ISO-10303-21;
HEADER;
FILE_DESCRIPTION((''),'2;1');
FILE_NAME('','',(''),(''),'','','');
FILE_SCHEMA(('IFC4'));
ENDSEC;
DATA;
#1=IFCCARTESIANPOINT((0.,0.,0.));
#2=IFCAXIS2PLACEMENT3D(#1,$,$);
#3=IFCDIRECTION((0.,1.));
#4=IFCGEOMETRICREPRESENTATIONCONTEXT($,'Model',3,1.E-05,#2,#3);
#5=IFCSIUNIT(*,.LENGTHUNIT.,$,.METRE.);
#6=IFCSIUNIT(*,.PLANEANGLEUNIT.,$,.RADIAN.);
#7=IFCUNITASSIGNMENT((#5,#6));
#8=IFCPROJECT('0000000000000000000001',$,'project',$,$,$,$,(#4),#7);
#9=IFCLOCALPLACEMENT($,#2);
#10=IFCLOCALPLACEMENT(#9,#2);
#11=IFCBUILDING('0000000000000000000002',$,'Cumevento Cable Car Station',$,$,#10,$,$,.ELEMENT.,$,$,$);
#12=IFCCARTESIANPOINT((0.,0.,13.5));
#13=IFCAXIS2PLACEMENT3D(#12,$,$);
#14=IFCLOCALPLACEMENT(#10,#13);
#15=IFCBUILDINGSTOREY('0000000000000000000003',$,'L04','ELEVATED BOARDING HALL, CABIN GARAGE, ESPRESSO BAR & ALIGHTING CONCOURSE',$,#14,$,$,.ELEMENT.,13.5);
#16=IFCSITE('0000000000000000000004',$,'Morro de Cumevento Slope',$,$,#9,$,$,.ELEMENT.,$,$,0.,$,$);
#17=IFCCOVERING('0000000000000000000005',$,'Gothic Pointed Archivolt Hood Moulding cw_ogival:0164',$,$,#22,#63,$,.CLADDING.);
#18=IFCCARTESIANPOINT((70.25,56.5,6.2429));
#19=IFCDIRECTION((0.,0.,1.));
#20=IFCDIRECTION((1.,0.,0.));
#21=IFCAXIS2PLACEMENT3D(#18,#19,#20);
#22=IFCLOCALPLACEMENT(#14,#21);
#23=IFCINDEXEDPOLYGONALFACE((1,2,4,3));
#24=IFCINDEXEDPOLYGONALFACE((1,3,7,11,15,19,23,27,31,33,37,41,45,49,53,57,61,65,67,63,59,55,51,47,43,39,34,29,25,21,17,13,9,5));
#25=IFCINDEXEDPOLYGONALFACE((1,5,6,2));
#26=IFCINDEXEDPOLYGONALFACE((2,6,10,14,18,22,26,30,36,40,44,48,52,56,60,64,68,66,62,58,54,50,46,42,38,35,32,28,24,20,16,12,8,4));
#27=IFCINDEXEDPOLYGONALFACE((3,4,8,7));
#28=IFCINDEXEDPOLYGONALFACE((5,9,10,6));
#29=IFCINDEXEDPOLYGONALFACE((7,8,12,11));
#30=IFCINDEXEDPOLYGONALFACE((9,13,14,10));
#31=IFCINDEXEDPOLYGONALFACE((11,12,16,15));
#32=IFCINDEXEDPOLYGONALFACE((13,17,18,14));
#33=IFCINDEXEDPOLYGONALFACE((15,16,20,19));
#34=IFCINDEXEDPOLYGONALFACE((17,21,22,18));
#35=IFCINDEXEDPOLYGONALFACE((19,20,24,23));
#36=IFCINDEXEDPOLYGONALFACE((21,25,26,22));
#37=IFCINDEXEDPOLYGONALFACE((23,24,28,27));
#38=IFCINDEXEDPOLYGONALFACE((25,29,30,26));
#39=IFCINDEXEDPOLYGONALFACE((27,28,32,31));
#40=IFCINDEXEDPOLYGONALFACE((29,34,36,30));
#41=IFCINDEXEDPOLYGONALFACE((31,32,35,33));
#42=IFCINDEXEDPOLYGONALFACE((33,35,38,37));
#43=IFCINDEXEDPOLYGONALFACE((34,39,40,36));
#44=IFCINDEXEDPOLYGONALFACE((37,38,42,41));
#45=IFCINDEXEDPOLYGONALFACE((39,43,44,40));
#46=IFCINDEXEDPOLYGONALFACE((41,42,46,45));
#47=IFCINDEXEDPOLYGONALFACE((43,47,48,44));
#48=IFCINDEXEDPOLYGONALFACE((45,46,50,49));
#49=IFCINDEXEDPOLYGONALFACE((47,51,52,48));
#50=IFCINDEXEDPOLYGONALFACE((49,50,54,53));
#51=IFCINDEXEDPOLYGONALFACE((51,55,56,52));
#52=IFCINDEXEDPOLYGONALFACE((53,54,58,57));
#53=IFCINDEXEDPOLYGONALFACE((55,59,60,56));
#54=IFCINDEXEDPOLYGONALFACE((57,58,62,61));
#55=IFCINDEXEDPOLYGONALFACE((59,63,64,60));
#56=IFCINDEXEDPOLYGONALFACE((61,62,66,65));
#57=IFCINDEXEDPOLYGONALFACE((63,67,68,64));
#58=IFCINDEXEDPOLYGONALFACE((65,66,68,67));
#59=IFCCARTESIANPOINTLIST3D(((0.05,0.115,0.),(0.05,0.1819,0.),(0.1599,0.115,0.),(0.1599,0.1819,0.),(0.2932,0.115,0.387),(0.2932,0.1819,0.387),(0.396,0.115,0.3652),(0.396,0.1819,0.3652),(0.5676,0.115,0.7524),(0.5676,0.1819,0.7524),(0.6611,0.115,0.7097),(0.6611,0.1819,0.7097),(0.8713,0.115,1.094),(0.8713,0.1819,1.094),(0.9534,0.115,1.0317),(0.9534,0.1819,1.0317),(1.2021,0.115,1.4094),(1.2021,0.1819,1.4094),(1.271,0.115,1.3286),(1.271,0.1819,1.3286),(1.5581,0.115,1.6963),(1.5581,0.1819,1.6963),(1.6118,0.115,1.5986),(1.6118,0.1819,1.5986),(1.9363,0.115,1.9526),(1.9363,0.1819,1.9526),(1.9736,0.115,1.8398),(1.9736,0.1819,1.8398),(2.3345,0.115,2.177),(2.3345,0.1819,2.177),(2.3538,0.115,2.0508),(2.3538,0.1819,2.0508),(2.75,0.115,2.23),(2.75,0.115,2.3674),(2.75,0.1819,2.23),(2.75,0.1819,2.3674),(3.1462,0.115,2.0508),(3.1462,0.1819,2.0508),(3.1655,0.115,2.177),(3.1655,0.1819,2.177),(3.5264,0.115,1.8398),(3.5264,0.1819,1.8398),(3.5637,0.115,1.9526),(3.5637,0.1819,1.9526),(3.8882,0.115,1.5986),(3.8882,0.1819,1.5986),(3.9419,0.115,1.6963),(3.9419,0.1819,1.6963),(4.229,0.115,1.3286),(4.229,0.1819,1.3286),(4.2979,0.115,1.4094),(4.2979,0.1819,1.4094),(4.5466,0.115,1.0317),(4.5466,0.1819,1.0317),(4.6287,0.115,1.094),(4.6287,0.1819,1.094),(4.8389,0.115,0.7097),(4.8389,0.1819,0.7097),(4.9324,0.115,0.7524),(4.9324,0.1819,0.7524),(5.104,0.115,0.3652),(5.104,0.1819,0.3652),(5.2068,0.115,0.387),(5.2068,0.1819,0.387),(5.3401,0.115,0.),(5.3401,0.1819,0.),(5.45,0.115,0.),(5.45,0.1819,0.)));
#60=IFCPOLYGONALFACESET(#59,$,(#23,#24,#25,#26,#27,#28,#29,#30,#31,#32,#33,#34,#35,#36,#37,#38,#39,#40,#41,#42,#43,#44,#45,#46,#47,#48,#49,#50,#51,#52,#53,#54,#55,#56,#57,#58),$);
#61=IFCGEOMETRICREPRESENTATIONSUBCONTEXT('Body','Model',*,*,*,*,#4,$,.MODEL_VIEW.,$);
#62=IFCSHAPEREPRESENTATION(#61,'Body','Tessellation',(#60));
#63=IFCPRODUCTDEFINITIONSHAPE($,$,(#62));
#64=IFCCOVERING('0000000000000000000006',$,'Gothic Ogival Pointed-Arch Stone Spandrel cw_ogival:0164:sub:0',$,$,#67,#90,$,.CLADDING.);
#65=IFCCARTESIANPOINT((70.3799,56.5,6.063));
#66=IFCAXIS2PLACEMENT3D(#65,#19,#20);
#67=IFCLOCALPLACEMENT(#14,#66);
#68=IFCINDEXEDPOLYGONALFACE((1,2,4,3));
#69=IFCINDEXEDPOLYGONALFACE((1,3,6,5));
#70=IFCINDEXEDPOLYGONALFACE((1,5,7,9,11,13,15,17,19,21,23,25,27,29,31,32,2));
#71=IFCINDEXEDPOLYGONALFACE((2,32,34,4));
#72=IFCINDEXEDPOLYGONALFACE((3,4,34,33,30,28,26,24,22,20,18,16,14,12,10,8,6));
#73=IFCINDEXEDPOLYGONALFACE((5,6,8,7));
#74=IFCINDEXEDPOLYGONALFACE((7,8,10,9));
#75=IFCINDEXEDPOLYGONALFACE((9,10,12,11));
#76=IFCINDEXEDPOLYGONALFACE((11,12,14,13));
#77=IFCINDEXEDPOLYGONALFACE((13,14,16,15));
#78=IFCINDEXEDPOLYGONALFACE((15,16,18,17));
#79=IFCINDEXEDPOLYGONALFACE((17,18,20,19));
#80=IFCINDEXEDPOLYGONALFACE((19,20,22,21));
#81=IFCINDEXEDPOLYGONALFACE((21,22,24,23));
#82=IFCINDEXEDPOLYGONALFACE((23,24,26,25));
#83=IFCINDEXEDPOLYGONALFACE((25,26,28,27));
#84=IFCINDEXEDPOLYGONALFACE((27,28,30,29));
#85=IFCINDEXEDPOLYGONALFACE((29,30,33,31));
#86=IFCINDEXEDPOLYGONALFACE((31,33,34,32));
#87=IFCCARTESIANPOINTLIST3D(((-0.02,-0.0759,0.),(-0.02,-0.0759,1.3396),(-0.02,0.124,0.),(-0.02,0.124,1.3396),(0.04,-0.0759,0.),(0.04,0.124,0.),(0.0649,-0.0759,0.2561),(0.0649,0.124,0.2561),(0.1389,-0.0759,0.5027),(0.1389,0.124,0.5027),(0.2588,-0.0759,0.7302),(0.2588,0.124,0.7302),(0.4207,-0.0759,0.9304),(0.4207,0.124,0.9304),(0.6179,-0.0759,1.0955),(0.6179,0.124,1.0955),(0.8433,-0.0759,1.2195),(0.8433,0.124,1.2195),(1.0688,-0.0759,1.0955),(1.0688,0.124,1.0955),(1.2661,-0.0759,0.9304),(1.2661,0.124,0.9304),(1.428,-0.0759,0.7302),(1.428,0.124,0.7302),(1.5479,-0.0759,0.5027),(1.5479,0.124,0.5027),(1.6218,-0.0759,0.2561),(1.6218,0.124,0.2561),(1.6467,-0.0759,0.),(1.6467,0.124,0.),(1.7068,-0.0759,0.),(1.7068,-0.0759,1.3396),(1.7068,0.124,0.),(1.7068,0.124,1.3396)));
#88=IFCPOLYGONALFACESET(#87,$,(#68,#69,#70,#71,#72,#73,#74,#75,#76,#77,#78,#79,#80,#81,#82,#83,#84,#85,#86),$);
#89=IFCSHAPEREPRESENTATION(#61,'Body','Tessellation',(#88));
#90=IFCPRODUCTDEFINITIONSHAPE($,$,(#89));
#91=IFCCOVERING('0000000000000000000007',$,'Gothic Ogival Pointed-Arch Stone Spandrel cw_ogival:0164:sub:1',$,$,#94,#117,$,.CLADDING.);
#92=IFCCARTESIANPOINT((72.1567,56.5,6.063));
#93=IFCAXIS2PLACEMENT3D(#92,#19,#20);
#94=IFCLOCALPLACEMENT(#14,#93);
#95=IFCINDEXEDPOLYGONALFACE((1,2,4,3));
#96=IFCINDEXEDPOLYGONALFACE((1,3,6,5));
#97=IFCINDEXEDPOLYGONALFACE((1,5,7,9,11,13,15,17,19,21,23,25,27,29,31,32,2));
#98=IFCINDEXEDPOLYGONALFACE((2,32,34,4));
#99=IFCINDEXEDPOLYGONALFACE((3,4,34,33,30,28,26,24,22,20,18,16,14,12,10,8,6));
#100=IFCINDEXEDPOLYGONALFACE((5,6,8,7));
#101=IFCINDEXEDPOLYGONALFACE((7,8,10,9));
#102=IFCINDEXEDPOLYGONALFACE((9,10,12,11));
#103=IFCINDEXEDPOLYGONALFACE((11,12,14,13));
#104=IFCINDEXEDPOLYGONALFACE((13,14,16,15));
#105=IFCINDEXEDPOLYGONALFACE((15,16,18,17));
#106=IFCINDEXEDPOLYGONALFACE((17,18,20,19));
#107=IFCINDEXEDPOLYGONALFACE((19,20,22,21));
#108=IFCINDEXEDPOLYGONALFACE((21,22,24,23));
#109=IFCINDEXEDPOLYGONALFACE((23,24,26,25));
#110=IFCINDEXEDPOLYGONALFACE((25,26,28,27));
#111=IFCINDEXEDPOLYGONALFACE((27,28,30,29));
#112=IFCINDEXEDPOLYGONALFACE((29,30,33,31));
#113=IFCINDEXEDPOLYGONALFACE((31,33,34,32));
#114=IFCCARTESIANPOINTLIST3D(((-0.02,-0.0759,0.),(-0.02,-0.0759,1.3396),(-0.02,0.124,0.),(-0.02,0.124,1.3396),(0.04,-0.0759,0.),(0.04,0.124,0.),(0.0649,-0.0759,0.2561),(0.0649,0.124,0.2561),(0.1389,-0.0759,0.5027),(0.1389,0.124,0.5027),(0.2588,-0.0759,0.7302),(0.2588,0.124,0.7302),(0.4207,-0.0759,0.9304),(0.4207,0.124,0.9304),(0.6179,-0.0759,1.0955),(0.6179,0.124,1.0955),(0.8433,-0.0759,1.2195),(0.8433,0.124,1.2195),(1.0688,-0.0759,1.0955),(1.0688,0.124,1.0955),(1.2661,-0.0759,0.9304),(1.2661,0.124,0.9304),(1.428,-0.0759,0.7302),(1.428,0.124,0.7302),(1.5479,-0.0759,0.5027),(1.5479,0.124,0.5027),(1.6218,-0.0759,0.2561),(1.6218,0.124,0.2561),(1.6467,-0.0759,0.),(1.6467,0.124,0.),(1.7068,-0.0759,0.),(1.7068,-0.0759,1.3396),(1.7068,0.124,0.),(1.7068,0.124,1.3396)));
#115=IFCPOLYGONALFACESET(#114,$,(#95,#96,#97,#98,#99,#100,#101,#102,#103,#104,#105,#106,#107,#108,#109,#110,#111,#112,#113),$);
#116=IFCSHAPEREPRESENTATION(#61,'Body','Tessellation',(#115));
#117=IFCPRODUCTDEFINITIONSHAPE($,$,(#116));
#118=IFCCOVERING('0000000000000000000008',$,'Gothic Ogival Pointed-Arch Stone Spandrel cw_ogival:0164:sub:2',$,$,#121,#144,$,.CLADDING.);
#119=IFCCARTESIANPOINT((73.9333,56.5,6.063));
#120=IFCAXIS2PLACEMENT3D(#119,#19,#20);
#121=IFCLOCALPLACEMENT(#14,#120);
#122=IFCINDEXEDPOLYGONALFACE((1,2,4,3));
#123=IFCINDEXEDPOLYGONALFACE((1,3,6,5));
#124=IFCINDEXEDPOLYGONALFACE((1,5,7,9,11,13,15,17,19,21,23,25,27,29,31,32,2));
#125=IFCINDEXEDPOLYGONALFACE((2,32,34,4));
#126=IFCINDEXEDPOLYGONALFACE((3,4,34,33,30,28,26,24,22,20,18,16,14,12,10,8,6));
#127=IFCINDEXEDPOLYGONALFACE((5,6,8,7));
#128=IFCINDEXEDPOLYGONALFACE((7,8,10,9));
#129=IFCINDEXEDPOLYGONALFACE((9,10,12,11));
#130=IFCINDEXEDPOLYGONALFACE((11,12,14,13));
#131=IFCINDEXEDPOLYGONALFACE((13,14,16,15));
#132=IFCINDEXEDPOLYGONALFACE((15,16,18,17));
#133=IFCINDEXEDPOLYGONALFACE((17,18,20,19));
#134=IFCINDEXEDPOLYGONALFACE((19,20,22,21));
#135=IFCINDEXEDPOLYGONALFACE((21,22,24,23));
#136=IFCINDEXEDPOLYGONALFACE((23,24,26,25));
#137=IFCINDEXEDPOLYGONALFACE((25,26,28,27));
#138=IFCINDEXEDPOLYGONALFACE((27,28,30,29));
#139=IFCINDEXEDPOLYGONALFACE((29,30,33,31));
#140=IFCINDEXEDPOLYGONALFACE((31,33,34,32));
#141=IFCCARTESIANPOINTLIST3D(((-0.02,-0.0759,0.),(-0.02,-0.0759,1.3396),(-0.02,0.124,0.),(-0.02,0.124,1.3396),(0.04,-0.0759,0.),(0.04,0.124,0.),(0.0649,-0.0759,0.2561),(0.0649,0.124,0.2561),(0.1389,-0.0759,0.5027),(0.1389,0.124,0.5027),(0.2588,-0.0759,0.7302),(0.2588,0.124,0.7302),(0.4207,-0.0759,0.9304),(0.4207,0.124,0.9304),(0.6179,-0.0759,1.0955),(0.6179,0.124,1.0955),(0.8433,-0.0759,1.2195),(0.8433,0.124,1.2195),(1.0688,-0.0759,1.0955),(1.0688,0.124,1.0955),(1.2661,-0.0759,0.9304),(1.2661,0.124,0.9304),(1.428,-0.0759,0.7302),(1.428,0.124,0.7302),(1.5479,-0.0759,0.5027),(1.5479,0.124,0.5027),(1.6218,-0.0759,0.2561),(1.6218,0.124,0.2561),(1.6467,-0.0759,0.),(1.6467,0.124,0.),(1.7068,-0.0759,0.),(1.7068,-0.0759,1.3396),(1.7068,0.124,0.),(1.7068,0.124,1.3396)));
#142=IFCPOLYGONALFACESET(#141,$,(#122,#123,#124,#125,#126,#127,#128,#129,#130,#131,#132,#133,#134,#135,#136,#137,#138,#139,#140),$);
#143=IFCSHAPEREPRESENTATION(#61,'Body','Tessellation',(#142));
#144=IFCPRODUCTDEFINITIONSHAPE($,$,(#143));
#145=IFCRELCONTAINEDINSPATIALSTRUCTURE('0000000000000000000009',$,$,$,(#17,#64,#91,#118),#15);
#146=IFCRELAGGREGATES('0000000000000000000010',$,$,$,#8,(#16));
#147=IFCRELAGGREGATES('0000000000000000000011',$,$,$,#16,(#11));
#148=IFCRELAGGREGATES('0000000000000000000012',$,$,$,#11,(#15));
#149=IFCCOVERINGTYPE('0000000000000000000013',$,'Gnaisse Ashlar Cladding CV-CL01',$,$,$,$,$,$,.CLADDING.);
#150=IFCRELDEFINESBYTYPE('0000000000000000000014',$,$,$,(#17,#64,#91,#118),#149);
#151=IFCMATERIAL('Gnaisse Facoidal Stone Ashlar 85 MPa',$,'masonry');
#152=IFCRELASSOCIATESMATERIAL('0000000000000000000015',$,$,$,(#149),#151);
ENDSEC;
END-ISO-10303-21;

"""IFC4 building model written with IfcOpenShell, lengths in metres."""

from ifc_helpers import new_model, si_unit, direction, frame, origin, place, context, subcontext, project, spatial, polyline, outline, extrude, material, type_object, element, save


model = new_model("IFC4")

# Units and contexts
model_context = context("Model", 3, precision=1e-05, world=origin(), true_north=direction((0.0, 1.0)))
body_context = subcontext(model_context, "Body", "Model", "MODEL_VIEW")
ifc_project = project(units=[si_unit("LENGTHUNIT", "METRE"), si_unit("PLANEANGLEUNIT", "RADIAN")], contexts=[model_context])

# Site, building, storey
site_placement = place(None, origin())
site = spatial("IfcSite", under=ifc_project, at=site_placement, Name="Morro de Cumevento Slope", CompositionType="ELEMENT", RefElevation=0.0)
building_placement = place(site_placement, origin())
building = spatial("IfcBuilding", under=site, at=building_placement, Name="Cumevento Cable Car Station", CompositionType="ELEMENT")
storey_placement = place(building_placement, frame((0.0, 0.0, 13.5)))
storey = spatial("IfcBuildingStorey", under=building, at=storey_placement, Name="L04", Description="ELEVATED BOARDING HALL, CABIN GARAGE, ESPRESSO BAR & ALIGHTING CONCOURSE", CompositionType="ELEMENT", Elevation=13.5)

# Coverings
ifc_material_1 = material(Name="Gnaisse Facoidal Stone Ashlar 85 MPa", Category="masonry")
covering_type = type_object("IfcCoveringType", Name="Gnaisse Ashlar Cladding CV-CL01", PredefinedType="CLADDING", material=ifc_material_1)
covering_1_placement = place(storey_placement, frame((70.25, 56.5, 6.2429), z_axis=(0.0, 0.0, 1.0), x_axis=(1.0, 0.0, 0.0)))
element("IfcCovering", 1, at=covering_1_placement, inside=storey, type_object=covering_type, Name="Gothic Pointed Archivolt Hood Moulding cw_ogival:0164", PredefinedType="CLADDING", context=body_context, shape_type="SweptSolid", body=[
    extrude(outline(polyline([(0.1599, 0.0), (0.396, 0.3652), (0.6611, 0.7097), (0.9534, 1.0317), (1.271, 1.3286), (1.6118, 1.5986), (1.9736, 1.8398), (2.3538, 2.0508), (2.75, 2.23), (3.1462, 2.0508), (3.5264, 1.8398), (3.8882, 1.5986), (4.229, 1.3286), (4.5466, 1.0317), (4.8389, 0.7097), (5.104, 0.3652), (5.3401, 0.0), (5.45, 0.0), (5.2068, 0.387), (4.9324, 0.7524), (4.6287, 1.094), (4.2979, 1.4094), (3.9419, 1.6963), (3.5637, 1.9526), (3.1655, 2.177), (2.75, 2.3674), (2.3345, 2.177), (1.9363, 1.9526), (1.5581, 1.6963), (1.2021, 1.4094), (0.8713, 1.094), (0.5676, 0.7524), (0.2932, 0.387), (0.05, 0.0), (0.1599, 0.0)])), frame((0.0, 0.1819, 0.0), z_axis=(0.0, -1.0, 0.0), x_axis=(1.0, 0.0, 0.0)), (0.0, 0.0, 1.0), 0.0669),
])
for number, where, z_axis, x_axis, name in (
    (2, (70.3799, 56.5, 6.063), (0.0, 0.0, 1.0), (1.0, 0.0, 0.0), "Gothic Ogival Pointed-Arch Stone Spandrel cw_ogival:0164:sub:0"),
    (3, (72.1567, 56.5, 6.063), (0.0, 0.0, 1.0), (1.0, 0.0, 0.0), "Gothic Ogival Pointed-Arch Stone Spandrel cw_ogival:0164:sub:1"),
    (4, (73.9333, 56.5, 6.063), (0.0, 0.0, 1.0), (1.0, 0.0, 0.0), "Gothic Ogival Pointed-Arch Stone Spandrel cw_ogival:0164:sub:2"),
):
    element("IfcCovering", number, at=place(storey_placement, frame(where, z_axis=z_axis, x_axis=x_axis)), inside=storey, type_object=covering_type, Name=name, PredefinedType="CLADDING", context=body_context, shape_type="SweptSolid", body=[
        extrude(outline(polyline([(-0.02, 0.0), (-0.02, 1.3396), (1.7068, 1.3396), (1.7068, 0.0), (1.6467, 0.0), (1.6218, 0.2561), (1.5479, 0.5027), (1.428, 0.7302), (1.2661, 0.9304), (1.0688, 1.0955), (0.8433, 1.2195), (0.6179, 1.0955), (0.4207, 0.9304), (0.2588, 0.7302), (0.1389, 0.5027), (0.0649, 0.2561), (0.04, 0.0), (-0.02, 0.0)])), frame((0.0, 0.124, 0.0), z_axis=(0.0, -1.0, 0.0), x_axis=(1.0, 0.0, 0.0)), (0.0, 0.0, 1.0), 0.2),
    ])

save(model, "model.ifc")
